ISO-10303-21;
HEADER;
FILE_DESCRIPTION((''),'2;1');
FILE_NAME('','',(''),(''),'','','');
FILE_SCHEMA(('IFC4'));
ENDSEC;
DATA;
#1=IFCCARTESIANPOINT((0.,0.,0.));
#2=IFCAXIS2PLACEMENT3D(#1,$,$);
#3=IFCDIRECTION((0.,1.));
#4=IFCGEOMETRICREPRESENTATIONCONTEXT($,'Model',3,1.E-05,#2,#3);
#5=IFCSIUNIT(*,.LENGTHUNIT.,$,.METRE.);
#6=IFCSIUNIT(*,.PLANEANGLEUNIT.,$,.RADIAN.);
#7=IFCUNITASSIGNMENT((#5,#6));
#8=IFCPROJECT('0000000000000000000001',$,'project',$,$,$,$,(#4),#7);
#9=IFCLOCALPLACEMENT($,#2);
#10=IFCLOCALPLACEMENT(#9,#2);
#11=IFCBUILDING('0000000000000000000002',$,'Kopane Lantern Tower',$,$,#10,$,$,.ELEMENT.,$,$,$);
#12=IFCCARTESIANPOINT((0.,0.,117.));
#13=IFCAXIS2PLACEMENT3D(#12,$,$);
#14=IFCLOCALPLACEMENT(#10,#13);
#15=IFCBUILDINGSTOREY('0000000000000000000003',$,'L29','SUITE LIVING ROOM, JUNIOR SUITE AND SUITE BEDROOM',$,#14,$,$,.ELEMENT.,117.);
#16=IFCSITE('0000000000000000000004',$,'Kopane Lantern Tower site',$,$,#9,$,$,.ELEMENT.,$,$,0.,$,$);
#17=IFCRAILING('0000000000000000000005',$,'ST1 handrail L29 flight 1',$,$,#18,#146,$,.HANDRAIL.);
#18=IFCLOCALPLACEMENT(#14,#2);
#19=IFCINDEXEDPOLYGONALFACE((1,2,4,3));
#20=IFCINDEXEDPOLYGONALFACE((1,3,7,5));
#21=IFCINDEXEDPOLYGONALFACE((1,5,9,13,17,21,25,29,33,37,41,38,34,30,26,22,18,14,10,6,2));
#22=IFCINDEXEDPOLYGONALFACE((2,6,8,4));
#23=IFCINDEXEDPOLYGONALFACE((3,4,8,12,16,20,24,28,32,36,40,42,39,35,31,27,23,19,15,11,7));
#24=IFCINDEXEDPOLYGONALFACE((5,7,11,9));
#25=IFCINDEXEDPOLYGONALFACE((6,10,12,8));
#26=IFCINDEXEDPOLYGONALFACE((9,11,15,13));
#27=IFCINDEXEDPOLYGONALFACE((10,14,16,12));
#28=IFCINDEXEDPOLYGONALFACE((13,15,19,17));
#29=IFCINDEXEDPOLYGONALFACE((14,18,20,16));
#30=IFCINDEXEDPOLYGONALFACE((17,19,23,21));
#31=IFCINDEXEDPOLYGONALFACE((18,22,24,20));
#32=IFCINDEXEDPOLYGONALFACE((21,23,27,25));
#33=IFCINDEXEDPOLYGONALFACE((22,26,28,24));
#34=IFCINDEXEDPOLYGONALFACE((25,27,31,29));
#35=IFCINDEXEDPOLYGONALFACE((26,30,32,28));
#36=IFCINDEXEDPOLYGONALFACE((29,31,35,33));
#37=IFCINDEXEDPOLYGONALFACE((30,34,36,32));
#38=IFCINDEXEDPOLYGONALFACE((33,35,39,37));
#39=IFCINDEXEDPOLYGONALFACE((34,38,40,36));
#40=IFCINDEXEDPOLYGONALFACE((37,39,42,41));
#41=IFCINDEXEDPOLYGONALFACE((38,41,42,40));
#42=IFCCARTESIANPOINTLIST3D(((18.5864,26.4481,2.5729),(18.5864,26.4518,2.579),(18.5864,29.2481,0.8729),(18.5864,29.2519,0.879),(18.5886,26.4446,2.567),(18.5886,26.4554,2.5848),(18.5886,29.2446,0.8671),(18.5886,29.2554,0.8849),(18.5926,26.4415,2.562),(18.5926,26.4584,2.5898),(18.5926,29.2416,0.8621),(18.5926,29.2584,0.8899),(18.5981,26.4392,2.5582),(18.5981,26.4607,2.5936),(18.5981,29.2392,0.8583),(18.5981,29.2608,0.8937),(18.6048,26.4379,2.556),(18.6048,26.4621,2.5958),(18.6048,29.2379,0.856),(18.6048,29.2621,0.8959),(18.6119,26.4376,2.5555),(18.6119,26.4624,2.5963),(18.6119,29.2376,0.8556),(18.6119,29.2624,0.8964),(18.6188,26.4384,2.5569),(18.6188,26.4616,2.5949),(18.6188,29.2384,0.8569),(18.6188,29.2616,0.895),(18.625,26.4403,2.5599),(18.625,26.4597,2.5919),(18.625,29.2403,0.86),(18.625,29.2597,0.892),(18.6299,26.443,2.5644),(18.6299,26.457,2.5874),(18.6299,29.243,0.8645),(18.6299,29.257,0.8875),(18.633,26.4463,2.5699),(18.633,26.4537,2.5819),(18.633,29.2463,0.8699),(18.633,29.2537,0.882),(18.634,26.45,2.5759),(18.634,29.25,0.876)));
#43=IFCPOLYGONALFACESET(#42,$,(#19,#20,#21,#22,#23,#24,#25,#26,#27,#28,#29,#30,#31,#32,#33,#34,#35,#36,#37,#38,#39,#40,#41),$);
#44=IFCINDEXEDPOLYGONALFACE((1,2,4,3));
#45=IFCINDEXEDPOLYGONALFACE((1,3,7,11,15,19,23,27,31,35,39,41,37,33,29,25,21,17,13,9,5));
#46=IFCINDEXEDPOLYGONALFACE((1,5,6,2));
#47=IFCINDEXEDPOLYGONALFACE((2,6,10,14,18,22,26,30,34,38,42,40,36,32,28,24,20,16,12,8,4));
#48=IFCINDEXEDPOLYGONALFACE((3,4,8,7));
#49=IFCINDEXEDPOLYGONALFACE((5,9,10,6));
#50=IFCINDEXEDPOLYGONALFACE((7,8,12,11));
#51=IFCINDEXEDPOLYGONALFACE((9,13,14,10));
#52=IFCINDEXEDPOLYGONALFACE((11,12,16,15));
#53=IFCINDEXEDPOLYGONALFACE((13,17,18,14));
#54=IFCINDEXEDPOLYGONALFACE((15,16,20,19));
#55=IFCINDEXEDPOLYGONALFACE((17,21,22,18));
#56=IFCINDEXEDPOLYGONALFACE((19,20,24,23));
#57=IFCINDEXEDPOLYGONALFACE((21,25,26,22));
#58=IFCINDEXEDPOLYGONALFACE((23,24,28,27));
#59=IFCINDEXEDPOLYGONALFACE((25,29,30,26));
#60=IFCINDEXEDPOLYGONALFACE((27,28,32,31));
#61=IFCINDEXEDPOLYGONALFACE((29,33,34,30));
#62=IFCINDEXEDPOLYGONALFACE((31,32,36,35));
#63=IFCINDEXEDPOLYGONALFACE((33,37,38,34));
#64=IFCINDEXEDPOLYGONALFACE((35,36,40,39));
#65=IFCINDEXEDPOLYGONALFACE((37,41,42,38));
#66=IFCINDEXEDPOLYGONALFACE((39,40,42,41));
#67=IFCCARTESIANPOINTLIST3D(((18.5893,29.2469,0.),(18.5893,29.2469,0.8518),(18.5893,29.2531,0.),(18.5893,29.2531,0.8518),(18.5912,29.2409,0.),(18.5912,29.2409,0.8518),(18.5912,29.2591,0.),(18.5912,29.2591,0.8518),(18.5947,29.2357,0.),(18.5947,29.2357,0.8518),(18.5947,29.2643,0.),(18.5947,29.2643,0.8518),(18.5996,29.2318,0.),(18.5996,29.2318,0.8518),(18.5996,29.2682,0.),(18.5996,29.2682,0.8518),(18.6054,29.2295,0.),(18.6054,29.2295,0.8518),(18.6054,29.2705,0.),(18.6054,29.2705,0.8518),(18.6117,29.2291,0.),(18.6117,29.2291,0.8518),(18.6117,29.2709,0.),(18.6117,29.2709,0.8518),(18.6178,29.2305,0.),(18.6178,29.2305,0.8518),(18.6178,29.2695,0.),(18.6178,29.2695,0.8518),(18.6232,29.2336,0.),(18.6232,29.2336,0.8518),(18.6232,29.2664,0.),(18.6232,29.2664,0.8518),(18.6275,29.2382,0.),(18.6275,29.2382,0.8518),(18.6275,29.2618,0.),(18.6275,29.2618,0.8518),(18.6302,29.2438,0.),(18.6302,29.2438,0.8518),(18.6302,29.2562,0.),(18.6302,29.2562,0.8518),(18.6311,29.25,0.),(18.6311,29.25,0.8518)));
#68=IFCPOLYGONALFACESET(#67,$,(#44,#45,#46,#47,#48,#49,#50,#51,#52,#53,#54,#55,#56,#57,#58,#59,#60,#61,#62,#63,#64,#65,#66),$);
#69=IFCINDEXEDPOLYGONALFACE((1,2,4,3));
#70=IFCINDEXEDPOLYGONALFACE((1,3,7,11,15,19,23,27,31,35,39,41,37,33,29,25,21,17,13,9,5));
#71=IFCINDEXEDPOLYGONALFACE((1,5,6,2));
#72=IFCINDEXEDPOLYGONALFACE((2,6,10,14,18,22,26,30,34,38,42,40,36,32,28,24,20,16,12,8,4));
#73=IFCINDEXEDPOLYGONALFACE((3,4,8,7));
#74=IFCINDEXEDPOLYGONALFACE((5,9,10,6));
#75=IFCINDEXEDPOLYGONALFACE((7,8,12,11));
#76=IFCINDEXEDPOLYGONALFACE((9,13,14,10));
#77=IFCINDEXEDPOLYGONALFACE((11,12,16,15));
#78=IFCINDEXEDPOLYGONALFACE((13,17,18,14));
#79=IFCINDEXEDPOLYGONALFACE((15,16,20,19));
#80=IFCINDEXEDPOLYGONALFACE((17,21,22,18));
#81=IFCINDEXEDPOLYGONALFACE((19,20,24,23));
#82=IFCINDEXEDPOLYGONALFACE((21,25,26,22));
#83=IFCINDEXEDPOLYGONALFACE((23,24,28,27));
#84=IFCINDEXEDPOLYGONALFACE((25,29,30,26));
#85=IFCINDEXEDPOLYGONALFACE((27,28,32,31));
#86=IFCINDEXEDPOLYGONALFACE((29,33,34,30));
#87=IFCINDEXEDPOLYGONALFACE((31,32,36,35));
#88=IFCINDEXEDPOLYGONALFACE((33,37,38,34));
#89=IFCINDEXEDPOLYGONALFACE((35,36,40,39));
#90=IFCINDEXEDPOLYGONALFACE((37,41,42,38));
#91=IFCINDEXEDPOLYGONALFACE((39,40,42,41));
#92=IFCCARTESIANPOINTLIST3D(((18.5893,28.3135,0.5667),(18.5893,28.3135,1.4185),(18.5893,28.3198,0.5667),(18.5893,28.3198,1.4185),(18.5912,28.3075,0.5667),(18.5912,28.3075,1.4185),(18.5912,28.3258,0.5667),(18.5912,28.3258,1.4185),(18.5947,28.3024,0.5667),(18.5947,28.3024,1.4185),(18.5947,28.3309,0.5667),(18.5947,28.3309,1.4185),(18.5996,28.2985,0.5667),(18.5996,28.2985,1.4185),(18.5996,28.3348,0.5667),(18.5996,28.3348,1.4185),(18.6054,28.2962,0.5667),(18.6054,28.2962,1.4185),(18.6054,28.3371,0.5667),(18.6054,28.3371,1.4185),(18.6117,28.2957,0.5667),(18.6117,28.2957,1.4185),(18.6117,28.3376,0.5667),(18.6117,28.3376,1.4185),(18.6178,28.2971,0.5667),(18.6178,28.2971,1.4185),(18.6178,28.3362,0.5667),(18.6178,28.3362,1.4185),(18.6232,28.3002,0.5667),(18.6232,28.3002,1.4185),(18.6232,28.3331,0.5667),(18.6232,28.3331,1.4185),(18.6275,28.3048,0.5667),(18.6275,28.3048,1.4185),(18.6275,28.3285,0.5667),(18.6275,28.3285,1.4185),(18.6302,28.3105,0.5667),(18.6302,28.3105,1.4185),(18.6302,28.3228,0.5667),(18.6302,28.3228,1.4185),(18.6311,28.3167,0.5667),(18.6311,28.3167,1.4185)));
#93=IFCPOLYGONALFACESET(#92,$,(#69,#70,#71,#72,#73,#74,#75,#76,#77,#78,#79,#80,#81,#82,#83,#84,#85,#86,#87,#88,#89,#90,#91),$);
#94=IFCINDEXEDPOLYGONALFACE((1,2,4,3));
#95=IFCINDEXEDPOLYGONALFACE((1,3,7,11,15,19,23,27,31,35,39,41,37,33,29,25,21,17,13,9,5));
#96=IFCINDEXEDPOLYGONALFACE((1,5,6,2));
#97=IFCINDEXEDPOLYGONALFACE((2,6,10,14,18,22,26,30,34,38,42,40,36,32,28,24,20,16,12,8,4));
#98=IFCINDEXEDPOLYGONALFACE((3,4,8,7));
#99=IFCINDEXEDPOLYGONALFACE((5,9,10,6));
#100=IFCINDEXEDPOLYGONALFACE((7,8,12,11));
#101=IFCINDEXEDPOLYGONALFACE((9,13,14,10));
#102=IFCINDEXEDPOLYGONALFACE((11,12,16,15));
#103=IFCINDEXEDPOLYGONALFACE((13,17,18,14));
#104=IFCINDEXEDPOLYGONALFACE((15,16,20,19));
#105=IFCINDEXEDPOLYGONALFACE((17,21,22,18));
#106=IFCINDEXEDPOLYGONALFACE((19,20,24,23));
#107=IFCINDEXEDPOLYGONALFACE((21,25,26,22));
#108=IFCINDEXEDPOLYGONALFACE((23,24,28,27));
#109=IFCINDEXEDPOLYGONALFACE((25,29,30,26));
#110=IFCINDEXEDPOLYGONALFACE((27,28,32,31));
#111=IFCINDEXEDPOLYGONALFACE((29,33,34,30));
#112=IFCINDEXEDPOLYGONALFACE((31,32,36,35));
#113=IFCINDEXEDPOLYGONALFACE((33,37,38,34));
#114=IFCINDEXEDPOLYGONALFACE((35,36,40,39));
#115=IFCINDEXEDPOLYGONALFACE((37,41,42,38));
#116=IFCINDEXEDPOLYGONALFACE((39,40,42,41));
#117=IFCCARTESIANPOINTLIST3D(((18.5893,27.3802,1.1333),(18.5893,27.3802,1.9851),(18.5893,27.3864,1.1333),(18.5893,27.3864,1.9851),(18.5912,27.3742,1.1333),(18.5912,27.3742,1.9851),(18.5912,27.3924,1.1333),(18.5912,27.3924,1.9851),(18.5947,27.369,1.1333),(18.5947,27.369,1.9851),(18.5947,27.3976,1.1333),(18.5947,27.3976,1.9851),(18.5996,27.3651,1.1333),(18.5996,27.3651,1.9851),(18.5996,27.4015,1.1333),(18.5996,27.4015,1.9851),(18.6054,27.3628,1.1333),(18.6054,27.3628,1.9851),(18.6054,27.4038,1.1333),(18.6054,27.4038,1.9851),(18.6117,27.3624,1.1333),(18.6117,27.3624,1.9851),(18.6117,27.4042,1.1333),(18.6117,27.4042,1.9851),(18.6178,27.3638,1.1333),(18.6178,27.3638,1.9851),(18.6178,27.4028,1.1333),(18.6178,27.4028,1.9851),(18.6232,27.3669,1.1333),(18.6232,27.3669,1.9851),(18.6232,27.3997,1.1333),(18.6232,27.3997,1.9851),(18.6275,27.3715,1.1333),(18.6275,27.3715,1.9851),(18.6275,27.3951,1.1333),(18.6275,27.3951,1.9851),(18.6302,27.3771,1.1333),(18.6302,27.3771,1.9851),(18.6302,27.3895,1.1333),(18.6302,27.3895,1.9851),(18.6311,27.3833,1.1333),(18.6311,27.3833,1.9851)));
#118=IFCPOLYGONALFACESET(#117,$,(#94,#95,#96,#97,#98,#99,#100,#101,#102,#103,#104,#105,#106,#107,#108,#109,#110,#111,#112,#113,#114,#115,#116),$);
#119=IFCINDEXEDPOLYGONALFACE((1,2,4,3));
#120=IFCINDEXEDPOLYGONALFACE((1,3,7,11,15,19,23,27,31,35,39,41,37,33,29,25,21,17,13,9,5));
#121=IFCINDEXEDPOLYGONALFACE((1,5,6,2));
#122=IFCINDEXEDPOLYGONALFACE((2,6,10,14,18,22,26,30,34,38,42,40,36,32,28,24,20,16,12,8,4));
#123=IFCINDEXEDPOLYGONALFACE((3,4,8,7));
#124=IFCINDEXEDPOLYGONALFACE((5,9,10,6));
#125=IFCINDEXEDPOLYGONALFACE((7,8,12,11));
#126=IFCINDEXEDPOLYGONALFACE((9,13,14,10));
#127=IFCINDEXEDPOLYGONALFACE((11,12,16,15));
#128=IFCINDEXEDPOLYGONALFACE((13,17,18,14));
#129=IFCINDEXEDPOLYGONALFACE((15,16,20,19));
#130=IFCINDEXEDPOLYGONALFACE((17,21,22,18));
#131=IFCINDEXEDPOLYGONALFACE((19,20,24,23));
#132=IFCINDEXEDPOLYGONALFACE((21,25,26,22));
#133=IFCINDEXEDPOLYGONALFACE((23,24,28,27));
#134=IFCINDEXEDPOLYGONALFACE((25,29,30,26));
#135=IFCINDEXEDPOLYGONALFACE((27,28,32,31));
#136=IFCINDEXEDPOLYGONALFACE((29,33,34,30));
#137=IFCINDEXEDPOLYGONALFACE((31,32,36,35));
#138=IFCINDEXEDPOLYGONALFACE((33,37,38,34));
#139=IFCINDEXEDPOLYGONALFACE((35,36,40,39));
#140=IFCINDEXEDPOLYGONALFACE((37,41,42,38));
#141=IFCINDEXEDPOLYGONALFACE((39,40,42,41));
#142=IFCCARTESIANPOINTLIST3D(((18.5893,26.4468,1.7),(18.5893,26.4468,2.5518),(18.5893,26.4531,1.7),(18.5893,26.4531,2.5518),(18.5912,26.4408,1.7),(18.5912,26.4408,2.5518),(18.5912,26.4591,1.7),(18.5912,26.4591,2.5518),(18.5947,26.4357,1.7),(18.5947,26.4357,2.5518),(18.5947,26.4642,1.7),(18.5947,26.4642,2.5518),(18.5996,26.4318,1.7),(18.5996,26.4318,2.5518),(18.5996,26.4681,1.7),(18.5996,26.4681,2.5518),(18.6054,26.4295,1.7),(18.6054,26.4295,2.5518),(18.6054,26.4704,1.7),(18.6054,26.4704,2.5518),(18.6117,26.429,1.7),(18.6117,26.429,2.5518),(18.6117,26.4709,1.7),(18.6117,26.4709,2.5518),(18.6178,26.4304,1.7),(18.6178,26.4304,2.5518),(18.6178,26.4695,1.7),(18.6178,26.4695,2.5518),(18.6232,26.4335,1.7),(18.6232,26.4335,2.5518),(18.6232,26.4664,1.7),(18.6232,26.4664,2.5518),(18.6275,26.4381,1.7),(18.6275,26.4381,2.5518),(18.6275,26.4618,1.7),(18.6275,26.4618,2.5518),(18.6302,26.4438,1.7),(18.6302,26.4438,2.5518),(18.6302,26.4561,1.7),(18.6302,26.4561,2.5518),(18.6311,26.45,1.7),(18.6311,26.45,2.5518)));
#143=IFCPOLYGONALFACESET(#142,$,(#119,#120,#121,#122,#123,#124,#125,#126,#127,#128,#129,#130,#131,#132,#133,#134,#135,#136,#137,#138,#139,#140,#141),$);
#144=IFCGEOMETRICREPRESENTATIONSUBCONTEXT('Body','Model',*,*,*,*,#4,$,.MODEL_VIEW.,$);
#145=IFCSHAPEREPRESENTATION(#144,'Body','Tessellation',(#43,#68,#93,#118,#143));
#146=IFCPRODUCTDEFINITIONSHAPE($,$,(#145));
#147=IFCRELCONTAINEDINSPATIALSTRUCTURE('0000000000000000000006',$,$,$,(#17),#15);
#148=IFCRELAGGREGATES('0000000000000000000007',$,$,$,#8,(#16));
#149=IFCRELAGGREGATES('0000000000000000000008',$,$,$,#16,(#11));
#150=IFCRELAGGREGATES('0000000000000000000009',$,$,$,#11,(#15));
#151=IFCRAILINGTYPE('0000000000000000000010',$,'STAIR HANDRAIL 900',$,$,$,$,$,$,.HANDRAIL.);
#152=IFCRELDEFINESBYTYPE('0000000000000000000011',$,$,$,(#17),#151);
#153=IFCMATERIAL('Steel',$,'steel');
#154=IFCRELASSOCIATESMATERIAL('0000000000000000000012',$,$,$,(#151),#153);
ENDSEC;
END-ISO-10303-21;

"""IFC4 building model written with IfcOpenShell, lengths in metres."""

from ifc_helpers import new_model, si_unit, direction, frame, origin, origin_2d, place, context, subcontext, project, spatial, circle, extrude, material, type_object, element, save


model = new_model("IFC4")

# Units and contexts
model_context = context("Model", 3, precision=1e-05, world=origin(), true_north=direction((0.0, 1.0)))
body_context = subcontext(model_context, "Body", "Model", "MODEL_VIEW")
ifc_project = project(units=[si_unit("LENGTHUNIT", "METRE"), si_unit("PLANEANGLEUNIT", "RADIAN")], contexts=[model_context])

# Site, building, storey
site_placement = place(None, origin())
site = spatial("IfcSite", under=ifc_project, at=site_placement, Name="Kopane Lantern Tower site", CompositionType="ELEMENT", RefElevation=0.0)
building_placement = place(site_placement, origin())
building = spatial("IfcBuilding", under=site, at=building_placement, Name="Kopane Lantern Tower", CompositionType="ELEMENT")
storey_placement = place(building_placement, frame((0.0, 0.0, 117.0)))
storey = spatial("IfcBuildingStorey", under=building, at=storey_placement, Name="L29", Description="SUITE LIVING ROOM, JUNIOR SUITE AND SUITE BEDROOM", CompositionType="ELEMENT", Elevation=117.0)

# Railing
ifc_material_1 = material(Name="Steel", Category="steel")
railing_type_1 = type_object("IfcRailingType", Name="STAIR HANDRAIL 900", PredefinedType="HANDRAIL", material=ifc_material_1)
for number, where, name in (
    (1, (18.6101, 29.25, 0.0), "ST1 handrail L29 flight 1"),
):
    element("IfcRailing", number, at=place(storey_placement, frame(where)), inside=storey, type_object=railing_type_1, Name=name, PredefinedType="HANDRAIL", context=body_context, shape_type="SweptSolid", body=[
        extrude(circle(Radius=0.0239, at=origin_2d()), frame((0.0, 0.0, 0.876), z_axis=(0.0, -0.854798, 0.518961), x_axis=(1.0, 0.0, 0.0)), (0.0, 0.0, 1.0), 3.2756),
        extrude(circle(Radius=0.021, at=origin_2d()), origin(), (0.0, 0.0, 1.0), 0.8518),
        extrude(circle(Radius=0.021, at=origin_2d()), frame((0.0, -0.9333, 0.5667)), (0.0, 0.0, 1.0), 0.8518),
        extrude(circle(Radius=0.021, at=origin_2d()), frame((0.0, -1.8667, 1.1333)), (0.0, 0.0, 1.0), 0.8518),
        extrude(circle(Radius=0.021, at=origin_2d()), frame((0.0, -2.8, 1.7)), (0.0, 0.0, 1.0), 0.8518),
    ])

save(model, "model.ifc")
